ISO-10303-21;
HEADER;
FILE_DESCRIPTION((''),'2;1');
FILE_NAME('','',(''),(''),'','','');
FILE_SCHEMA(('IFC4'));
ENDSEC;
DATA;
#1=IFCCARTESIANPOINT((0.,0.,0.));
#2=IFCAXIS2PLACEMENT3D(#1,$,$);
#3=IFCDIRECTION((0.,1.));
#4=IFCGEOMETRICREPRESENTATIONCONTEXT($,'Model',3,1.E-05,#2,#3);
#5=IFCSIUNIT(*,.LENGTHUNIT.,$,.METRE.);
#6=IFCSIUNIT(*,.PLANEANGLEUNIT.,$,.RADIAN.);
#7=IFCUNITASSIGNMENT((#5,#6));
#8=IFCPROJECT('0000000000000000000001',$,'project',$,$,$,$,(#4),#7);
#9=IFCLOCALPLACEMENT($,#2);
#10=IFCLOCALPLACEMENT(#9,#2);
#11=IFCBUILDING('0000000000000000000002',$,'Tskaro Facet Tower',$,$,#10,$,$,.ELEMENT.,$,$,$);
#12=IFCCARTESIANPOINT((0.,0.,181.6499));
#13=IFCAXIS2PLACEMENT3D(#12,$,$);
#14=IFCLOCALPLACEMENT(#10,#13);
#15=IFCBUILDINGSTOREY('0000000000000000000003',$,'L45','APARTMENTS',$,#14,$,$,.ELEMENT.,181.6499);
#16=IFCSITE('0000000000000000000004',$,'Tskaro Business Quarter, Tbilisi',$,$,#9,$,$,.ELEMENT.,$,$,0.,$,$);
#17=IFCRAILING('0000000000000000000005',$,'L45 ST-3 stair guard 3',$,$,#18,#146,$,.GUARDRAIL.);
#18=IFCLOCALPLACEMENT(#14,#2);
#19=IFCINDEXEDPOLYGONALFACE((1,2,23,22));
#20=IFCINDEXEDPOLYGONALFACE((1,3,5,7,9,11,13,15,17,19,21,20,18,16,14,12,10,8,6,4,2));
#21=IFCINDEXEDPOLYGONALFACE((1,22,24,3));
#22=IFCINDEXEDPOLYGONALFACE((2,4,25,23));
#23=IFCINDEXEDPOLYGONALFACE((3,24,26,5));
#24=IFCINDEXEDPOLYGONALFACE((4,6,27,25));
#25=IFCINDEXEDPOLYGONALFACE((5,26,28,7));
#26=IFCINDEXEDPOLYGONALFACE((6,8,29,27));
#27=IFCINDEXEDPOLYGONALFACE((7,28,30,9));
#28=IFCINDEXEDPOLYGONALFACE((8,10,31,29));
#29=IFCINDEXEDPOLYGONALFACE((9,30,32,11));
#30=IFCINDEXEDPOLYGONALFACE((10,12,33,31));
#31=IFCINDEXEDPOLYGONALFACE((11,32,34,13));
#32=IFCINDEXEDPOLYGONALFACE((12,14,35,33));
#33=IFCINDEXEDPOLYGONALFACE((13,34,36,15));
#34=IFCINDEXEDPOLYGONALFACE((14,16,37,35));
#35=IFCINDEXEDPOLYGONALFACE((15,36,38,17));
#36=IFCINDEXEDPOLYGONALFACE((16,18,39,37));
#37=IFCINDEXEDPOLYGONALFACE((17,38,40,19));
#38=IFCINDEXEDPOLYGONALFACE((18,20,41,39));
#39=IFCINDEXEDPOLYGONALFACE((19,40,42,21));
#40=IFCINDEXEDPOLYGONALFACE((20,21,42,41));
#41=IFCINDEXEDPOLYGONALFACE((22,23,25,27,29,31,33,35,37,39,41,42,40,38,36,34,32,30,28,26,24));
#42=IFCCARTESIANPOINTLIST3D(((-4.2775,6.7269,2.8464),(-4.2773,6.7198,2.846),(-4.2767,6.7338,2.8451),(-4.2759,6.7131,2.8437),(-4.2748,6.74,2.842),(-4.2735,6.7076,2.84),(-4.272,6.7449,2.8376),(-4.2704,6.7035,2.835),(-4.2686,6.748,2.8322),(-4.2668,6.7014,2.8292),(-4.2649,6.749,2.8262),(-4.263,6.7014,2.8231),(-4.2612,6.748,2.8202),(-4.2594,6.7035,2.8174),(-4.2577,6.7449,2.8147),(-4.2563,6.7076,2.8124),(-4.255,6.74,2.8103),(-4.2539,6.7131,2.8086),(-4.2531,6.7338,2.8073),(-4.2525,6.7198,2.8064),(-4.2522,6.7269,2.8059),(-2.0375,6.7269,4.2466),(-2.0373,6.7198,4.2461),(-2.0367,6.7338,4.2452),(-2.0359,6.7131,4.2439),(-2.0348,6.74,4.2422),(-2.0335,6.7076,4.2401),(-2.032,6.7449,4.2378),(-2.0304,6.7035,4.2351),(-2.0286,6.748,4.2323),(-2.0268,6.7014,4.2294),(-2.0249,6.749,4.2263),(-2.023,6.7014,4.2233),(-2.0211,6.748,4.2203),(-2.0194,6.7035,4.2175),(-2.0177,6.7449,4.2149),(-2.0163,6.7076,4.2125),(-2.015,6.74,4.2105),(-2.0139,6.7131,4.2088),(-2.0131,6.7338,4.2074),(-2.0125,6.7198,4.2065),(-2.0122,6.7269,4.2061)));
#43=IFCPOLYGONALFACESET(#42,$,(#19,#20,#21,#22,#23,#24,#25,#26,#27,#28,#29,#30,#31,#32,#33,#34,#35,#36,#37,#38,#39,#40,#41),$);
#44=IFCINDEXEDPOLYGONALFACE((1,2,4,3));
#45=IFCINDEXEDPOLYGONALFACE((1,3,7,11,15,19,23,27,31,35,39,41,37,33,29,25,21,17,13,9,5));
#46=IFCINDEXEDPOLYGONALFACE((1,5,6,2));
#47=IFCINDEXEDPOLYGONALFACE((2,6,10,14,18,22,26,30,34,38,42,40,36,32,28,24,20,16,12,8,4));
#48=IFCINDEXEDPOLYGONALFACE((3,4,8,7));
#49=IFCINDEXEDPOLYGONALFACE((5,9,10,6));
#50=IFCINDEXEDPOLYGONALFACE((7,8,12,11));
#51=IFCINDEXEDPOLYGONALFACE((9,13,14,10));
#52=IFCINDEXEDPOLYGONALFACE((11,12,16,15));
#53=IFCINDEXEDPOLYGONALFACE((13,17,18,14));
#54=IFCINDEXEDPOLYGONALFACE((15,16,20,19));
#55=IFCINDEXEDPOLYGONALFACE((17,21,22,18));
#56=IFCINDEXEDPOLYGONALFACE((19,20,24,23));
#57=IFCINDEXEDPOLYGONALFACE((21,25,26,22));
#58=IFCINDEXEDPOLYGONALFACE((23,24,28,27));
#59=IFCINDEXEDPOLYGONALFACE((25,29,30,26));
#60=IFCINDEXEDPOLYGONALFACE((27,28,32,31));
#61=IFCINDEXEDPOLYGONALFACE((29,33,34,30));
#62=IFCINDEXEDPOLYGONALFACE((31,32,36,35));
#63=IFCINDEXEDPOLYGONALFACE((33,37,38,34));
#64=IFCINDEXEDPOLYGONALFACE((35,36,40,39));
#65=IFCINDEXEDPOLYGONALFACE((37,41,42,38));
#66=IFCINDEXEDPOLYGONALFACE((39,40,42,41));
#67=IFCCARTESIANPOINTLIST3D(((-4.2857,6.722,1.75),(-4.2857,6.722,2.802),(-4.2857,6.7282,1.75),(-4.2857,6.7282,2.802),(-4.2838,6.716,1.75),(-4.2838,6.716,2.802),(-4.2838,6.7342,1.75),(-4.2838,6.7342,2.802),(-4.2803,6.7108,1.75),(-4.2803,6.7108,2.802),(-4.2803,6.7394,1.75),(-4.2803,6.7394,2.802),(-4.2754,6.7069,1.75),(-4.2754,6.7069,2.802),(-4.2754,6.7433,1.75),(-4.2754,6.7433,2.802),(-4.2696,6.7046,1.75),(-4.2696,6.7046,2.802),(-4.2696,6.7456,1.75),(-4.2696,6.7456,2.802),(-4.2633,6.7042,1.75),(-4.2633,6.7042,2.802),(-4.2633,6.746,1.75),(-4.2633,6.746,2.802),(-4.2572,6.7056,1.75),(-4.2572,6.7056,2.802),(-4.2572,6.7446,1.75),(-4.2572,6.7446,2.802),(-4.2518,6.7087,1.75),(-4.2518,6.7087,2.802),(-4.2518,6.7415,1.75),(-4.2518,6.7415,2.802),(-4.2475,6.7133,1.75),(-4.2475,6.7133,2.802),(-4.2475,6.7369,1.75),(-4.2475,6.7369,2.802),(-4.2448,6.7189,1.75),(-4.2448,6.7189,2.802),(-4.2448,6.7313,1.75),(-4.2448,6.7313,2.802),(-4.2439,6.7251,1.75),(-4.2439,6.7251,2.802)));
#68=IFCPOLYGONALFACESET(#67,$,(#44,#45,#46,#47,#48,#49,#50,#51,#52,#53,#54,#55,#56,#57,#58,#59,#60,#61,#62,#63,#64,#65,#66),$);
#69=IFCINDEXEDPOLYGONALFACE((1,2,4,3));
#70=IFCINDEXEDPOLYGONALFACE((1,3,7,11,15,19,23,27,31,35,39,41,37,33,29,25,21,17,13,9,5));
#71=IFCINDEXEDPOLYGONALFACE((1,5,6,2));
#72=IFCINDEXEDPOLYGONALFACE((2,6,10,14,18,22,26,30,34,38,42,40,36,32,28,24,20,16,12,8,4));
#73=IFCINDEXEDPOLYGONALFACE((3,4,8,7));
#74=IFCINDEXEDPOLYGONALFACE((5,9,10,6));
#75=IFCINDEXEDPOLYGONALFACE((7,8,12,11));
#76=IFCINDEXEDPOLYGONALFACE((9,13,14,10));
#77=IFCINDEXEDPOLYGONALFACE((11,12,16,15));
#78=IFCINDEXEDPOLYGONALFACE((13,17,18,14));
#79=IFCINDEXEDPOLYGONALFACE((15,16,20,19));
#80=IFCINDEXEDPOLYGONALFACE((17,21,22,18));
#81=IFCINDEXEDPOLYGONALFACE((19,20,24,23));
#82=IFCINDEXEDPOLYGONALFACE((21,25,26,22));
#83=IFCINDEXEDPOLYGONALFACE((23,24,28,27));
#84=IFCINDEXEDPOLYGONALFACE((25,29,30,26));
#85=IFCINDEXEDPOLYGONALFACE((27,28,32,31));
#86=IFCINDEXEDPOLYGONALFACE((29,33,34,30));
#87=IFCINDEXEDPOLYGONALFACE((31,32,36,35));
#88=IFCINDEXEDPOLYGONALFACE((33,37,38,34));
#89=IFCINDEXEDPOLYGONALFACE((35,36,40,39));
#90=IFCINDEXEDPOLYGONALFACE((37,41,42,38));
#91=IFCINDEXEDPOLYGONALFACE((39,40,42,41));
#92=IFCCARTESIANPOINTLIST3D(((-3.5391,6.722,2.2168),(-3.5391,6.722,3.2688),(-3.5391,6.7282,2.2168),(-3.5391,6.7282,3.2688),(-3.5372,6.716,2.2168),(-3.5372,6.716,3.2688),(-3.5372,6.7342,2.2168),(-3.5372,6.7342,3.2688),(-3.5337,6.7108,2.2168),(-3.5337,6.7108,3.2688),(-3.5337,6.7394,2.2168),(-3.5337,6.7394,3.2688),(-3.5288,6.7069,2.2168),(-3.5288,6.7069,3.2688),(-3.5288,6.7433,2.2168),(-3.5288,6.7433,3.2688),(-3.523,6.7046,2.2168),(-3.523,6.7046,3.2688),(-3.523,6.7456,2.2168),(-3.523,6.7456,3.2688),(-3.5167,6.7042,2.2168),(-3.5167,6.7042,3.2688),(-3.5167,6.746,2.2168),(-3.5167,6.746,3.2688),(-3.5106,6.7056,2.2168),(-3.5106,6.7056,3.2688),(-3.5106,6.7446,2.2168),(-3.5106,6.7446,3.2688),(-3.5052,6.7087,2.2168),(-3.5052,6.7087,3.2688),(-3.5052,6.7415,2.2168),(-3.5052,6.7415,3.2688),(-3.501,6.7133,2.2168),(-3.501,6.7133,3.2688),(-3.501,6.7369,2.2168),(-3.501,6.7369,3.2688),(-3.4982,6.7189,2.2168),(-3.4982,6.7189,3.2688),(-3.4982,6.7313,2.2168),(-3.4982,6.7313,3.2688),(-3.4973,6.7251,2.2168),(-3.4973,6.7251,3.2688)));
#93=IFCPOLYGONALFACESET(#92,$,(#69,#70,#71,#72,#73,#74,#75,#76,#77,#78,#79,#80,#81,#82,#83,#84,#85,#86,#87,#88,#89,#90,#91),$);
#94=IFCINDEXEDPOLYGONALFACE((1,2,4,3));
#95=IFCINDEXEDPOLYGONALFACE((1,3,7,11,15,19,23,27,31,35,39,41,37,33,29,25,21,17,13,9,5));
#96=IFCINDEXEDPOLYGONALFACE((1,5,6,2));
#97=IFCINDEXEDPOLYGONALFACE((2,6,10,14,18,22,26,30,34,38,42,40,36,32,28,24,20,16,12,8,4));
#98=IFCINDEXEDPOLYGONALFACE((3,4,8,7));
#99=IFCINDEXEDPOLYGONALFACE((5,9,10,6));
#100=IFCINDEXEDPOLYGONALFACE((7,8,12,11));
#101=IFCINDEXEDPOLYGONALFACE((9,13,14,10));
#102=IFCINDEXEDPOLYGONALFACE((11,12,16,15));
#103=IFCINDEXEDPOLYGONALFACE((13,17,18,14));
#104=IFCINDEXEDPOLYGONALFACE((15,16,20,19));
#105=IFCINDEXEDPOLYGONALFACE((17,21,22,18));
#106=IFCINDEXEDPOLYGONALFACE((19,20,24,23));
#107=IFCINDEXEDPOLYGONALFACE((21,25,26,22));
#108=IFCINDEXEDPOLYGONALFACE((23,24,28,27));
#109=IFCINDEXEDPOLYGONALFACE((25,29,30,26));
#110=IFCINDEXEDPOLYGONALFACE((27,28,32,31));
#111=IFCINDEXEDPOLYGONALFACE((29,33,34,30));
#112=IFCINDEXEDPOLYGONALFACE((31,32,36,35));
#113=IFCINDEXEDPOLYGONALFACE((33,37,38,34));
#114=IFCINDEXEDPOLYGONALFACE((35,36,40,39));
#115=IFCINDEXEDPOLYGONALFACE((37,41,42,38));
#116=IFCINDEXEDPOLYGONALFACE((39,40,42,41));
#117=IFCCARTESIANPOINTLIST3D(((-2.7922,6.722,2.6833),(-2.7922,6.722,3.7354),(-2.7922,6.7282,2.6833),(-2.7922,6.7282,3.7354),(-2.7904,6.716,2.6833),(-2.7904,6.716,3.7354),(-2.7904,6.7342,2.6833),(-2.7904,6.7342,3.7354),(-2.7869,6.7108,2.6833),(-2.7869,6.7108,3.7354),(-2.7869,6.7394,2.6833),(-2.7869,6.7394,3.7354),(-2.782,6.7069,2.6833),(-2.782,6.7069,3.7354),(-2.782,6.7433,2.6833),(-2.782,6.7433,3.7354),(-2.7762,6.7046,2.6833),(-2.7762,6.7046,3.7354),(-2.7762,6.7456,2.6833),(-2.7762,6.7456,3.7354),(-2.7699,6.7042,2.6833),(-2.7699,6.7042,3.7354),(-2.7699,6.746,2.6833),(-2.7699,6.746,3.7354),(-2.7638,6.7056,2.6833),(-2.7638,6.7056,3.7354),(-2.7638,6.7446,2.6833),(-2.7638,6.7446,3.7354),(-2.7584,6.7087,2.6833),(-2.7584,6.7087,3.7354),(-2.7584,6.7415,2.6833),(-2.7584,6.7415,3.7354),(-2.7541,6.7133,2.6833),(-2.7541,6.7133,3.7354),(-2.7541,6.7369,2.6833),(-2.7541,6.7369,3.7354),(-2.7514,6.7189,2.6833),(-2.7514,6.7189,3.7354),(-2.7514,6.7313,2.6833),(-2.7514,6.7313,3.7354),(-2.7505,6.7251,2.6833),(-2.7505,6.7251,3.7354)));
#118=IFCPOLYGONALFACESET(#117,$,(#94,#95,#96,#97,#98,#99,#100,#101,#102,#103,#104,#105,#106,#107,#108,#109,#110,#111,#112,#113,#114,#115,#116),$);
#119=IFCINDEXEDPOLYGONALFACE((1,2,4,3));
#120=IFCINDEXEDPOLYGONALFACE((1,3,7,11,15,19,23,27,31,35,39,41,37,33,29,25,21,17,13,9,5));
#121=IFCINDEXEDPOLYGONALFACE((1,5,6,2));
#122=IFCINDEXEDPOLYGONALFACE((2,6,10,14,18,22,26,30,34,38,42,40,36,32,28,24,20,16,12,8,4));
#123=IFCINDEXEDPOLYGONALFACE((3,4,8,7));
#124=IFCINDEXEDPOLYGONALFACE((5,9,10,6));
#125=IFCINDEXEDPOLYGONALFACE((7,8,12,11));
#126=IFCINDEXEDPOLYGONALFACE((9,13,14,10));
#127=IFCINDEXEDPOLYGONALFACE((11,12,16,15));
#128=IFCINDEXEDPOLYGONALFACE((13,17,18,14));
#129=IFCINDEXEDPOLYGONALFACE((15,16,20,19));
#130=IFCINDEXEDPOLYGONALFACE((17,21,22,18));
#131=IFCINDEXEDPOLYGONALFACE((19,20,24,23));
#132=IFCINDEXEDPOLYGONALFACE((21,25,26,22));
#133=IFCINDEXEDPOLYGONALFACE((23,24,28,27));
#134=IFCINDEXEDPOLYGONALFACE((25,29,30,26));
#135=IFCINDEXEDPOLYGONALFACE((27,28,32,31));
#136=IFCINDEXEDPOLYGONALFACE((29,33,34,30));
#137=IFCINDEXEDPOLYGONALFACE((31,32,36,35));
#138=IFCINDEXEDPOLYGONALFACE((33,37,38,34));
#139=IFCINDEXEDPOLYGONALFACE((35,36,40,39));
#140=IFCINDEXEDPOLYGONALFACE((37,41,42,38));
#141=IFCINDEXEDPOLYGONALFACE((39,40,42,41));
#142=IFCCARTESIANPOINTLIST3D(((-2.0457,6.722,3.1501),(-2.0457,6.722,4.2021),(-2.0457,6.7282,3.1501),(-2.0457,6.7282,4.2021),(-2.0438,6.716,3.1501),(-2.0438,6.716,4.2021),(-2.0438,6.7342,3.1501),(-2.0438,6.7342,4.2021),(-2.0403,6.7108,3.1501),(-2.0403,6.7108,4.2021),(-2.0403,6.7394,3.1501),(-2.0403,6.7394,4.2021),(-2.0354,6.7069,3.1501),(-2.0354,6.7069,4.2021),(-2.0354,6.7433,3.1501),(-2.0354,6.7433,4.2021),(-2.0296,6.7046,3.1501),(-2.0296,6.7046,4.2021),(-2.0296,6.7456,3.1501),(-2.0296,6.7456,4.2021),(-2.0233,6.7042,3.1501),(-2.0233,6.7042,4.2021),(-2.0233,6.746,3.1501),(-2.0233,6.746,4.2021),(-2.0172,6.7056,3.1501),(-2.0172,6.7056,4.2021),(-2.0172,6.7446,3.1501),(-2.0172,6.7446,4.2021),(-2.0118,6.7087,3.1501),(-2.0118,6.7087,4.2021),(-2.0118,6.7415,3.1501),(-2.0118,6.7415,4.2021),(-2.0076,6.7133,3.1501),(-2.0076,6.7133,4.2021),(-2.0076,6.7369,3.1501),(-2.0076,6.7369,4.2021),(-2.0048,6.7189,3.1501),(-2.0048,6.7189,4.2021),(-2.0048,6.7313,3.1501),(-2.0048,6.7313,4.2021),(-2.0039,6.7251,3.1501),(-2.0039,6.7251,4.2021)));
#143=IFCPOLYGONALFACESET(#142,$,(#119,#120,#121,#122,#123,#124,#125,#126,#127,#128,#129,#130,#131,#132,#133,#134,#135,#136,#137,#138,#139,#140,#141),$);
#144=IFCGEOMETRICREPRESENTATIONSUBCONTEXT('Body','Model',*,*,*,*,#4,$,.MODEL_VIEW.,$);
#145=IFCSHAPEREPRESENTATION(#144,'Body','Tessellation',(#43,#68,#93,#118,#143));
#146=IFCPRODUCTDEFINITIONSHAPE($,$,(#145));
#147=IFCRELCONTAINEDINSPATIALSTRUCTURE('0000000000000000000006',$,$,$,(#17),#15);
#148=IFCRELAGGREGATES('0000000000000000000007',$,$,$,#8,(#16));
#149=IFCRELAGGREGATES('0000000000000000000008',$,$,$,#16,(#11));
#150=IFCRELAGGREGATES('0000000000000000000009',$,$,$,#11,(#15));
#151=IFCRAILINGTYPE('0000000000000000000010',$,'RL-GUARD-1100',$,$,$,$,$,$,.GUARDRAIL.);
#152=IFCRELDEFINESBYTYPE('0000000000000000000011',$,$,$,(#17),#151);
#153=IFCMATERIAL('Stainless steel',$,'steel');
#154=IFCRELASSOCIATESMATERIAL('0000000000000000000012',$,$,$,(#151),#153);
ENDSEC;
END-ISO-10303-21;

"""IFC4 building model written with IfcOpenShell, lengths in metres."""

from ifc_helpers import new_model, si_unit, direction, frame, origin, origin_2d, place, context, subcontext, project, spatial, circle, extrude, material, type_object, element, save


model = new_model("IFC4")

# Units and contexts
model_context = context("Model", 3, precision=1e-05, world=origin(), true_north=direction((0.0, 1.0)))
body_context = subcontext(model_context, "Body", "Model", "MODEL_VIEW")
ifc_project = project(units=[si_unit("LENGTHUNIT", "METRE"), si_unit("PLANEANGLEUNIT", "RADIAN")], contexts=[model_context])

# Site, building, storey
site_placement = place(None, origin())
site = spatial("IfcSite", under=ifc_project, at=site_placement, Name="Tskaro Business Quarter, Tbilisi", CompositionType="ELEMENT", RefElevation=0.0)
building_placement = place(site_placement, origin())
building = spatial("IfcBuilding", under=site, at=building_placement, Name="Tskaro Facet Tower", CompositionType="ELEMENT")
storey_placement = place(building_placement, frame((0.0, 0.0, 181.6499)))
storey = spatial("IfcBuildingStorey", under=building, at=storey_placement, Name="L45", Description="APARTMENTS", CompositionType="ELEMENT", Elevation=181.6499)

# Railing
ifc_material_1 = material(Name="Stainless steel", Category="steel")
railing_type_1 = type_object("IfcRailingType", Name="RL-GUARD-1100", PredefinedType="GUARDRAIL", material=ifc_material_1)
railing_1_placement = place(storey_placement, frame((-4.2649, 6.7251, 1.75)))
element("IfcRailing", 1, at=railing_1_placement, inside=storey, type_object=railing_type_1, Name="L45 ST-3 stair guard 3", PredefinedType="GUARDRAIL", context=body_context, shape_type="SweptSolid", body=[
    extrude(circle(Radius=0.0239, at=origin_2d()), frame((0.0, 0.0, 1.0762), z_axis=(0.847972, 0.0, 0.53004), x_axis=(0.0, 1.0, 0.0)), (0.0, 0.0, 1.0), 2.6416),
    extrude(circle(Radius=0.021, at=origin_2d()), origin(), (0.0, 0.0, 1.0), 1.052),
    extrude(circle(Radius=0.021, at=origin_2d()), frame((0.7466, 0.0, 0.4668)), (0.0, 0.0, 1.0), 1.052),
    extrude(circle(Radius=0.021, at=origin_2d()), frame((1.4934, 0.0, 0.9333)), (0.0, 0.0, 1.0), 1.052),
    extrude(circle(Radius=0.021, at=origin_2d()), frame((2.24, 0.0, 1.4001)), (0.0, 0.0, 1.0), 1.052),
])

save(model, "model.ifc")
